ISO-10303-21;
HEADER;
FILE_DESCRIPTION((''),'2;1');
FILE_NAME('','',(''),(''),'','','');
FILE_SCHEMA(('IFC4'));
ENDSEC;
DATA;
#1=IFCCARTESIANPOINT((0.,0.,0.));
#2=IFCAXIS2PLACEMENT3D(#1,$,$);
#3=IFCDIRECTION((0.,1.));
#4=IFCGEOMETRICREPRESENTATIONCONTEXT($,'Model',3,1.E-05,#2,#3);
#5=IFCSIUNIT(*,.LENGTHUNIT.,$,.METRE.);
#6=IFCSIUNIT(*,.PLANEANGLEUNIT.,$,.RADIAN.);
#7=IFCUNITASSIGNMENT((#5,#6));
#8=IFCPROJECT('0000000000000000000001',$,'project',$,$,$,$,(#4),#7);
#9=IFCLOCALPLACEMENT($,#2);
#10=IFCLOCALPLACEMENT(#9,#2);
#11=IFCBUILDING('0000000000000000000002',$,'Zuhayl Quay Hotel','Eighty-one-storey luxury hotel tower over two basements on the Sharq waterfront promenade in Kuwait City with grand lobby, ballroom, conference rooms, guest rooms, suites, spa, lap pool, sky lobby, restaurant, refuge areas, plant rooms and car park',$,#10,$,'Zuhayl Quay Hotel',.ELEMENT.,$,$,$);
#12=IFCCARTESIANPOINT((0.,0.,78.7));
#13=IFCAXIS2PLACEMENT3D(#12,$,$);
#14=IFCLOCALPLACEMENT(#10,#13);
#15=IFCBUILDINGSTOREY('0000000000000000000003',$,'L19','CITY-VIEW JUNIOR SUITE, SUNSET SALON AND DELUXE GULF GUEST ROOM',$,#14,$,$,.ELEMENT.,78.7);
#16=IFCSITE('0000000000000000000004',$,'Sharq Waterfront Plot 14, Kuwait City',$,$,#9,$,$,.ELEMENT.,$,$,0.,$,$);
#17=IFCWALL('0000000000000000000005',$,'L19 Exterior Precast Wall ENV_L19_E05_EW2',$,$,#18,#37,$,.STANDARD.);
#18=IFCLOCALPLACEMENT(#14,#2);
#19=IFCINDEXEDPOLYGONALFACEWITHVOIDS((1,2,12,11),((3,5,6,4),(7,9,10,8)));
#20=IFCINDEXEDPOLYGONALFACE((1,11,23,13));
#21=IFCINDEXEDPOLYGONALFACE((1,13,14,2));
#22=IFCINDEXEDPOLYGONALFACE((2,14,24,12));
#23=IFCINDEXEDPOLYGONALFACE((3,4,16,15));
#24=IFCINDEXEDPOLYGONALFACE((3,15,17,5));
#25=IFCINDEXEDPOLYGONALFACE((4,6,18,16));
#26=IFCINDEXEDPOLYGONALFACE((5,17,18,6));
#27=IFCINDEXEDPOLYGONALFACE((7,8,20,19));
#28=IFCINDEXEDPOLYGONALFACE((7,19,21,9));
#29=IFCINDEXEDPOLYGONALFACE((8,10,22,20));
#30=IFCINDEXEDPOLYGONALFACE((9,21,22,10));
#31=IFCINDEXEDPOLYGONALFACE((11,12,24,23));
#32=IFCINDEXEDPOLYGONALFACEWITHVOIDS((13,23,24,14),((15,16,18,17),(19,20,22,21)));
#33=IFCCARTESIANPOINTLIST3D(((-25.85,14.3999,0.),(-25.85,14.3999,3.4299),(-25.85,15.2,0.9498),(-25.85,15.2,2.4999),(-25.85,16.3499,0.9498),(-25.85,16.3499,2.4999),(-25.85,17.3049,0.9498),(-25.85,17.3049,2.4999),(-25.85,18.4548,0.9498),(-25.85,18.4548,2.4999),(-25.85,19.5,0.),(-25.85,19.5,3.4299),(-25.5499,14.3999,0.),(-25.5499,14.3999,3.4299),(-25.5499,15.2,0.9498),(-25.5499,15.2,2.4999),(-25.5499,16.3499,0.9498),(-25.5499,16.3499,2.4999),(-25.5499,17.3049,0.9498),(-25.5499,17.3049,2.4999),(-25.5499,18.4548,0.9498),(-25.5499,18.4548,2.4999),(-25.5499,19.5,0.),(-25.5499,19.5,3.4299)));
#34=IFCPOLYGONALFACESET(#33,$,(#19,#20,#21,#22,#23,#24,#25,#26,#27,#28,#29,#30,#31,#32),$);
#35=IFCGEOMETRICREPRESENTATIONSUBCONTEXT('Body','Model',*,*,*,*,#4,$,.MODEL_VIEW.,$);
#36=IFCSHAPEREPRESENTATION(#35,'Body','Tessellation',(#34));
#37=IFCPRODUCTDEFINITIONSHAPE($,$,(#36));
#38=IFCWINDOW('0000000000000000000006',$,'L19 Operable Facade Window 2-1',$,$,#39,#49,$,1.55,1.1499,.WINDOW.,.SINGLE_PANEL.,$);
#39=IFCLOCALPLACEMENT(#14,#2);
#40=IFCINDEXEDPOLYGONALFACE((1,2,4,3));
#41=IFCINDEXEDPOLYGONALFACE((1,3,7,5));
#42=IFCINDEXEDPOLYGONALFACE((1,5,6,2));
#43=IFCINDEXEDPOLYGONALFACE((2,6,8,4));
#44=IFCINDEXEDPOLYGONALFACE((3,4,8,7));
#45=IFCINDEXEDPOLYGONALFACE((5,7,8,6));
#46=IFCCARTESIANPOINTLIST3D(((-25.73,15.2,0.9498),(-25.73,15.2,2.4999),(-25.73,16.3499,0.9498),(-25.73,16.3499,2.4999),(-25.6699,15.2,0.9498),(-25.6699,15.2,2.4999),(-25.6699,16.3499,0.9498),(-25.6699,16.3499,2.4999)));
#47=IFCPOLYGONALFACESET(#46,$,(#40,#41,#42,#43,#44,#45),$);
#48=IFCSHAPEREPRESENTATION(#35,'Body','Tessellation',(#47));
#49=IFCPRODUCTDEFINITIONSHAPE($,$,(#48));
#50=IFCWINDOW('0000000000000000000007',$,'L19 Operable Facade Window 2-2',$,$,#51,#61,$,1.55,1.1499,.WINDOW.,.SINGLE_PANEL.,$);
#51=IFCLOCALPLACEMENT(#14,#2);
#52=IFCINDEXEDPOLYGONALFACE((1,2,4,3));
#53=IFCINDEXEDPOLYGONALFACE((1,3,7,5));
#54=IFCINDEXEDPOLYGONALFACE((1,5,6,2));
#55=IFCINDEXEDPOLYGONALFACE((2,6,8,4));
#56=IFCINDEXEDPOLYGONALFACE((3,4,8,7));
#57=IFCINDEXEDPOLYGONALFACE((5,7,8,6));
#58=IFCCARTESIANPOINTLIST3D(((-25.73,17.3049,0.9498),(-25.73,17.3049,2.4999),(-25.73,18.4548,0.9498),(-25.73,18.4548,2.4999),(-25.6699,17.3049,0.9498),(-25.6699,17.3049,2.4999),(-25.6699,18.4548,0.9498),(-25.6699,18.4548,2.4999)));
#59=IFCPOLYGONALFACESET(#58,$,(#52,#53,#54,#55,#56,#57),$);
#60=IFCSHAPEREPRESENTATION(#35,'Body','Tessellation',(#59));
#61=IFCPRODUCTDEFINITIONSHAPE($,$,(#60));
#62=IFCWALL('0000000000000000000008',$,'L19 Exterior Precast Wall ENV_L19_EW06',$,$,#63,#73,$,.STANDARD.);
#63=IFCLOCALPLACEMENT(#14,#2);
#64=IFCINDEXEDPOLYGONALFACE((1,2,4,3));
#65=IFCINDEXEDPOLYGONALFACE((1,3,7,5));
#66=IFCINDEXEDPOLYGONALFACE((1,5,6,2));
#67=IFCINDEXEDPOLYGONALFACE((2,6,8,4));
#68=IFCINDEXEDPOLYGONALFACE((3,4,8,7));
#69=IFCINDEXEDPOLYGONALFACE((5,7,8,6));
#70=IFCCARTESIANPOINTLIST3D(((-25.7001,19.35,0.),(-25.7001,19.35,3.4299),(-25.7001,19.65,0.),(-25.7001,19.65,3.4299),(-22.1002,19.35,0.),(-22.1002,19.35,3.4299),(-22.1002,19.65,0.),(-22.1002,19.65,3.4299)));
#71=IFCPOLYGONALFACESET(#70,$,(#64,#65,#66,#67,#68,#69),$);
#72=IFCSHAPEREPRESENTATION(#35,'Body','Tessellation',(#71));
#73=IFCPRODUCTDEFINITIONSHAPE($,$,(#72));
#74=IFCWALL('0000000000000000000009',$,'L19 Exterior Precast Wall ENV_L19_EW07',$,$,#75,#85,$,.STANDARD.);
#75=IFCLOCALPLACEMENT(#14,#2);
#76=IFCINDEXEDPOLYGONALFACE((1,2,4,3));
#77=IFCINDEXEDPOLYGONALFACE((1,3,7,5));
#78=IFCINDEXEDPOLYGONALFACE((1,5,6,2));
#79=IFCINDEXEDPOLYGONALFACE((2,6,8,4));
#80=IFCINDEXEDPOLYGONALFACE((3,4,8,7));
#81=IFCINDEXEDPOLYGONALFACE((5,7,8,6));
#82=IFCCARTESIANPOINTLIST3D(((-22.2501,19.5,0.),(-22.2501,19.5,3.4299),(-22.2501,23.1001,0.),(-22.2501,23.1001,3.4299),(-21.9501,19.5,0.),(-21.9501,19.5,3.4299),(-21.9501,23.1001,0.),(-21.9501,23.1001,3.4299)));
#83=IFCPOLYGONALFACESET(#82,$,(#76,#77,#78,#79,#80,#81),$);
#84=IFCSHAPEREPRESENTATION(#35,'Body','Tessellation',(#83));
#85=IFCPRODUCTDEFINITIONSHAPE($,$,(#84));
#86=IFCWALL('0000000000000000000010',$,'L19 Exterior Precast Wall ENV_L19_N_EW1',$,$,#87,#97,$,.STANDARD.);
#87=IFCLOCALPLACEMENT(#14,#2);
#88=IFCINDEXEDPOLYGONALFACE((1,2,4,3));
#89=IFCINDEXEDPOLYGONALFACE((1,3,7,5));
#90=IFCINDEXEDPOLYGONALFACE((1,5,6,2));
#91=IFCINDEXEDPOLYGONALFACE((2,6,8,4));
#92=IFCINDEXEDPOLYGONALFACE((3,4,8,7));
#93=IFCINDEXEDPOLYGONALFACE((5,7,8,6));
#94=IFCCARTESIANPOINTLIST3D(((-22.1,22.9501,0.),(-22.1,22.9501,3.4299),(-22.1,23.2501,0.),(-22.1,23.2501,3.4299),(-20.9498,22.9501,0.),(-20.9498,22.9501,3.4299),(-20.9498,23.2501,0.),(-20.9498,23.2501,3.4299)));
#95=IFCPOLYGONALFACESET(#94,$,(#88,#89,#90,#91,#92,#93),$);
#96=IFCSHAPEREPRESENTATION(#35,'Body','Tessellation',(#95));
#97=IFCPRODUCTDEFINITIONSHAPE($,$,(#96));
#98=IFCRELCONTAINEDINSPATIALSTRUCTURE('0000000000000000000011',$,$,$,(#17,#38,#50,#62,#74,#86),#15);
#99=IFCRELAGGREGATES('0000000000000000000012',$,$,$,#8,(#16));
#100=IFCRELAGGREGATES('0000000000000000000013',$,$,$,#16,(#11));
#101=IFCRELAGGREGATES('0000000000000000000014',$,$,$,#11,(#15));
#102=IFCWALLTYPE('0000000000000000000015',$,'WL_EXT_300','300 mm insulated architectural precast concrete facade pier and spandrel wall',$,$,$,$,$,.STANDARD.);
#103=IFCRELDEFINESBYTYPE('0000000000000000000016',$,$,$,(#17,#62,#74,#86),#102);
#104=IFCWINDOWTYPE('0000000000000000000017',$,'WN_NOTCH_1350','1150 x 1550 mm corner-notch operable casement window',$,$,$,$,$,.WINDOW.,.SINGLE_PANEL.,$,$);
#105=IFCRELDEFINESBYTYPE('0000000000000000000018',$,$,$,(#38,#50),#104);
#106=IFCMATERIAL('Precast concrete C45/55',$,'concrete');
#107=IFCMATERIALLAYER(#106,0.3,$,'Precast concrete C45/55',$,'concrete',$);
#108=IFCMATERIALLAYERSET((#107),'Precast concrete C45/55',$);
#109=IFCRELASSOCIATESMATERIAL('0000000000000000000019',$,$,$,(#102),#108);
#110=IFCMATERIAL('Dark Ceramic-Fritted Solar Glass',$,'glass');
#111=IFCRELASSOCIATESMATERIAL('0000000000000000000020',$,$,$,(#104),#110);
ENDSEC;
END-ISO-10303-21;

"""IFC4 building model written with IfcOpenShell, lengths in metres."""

from ifc_helpers import new_model, si_unit, direction, frame, frame_2d, origin, place, context, subcontext, project, spatial, rectangle, extrude, material, layer, layer_set, type_object, element, fill, save


model = new_model("IFC4")

# Units and contexts
model_context = context("Model", 3, precision=1e-05, world=origin(), true_north=direction((0.0, 1.0)))
body_context = subcontext(model_context, "Body", "Model", "MODEL_VIEW")
ifc_project = project(units=[si_unit("LENGTHUNIT", "METRE"), si_unit("PLANEANGLEUNIT", "RADIAN")], contexts=[model_context])

# Site, building, storey
site_placement = place(None, origin())
site = spatial("IfcSite", under=ifc_project, at=site_placement, Name="Sharq Waterfront Plot 14, Kuwait City", CompositionType="ELEMENT", RefElevation=0.0)
building_placement = place(site_placement, origin())
building = spatial("IfcBuilding", under=site, at=building_placement, Name="Zuhayl Quay Hotel", Description="Eighty-one-storey luxury hotel tower over two basements on the Sharq waterfront promenade in Kuwait City with grand lobby, ballroom, conference rooms, guest rooms, suites, spa, lap pool, sky lobby, restaurant, refuge areas, plant rooms and car park", LongName="Zuhayl Quay Hotel", CompositionType="ELEMENT")
storey_placement = place(building_placement, frame((0.0, 0.0, 78.7)))
storey = spatial("IfcBuildingStorey", under=building, at=storey_placement, Name="L19", Description="CITY-VIEW JUNIOR SUITE, SUNSET SALON AND DELUXE GULF GUEST ROOM", CompositionType="ELEMENT", Elevation=78.7)

# Shared definitions
ifc_material_1 = material(Name="Dark Ceramic-Fritted Solar Glass", Category="glass")

# Wall, openings, windows
ifc_material_2 = material(Name="Precast concrete C45/55", Category="concrete")
ifc_layer_1 = layer(ifc_material_2, 0.3, Name="Precast concrete C45/55", Category="concrete")
ifc_layer_set_1 = layer_set([ifc_layer_1], Name="Precast concrete C45/55")
wall_type_1 = type_object("IfcWallType", Name="WL_EXT_300", Description="300 mm insulated architectural precast concrete facade pier and spandrel wall", PredefinedType="STANDARD", material=ifc_layer_set_1)
wall_1_placement = place(storey_placement, frame((-25.7, 14.3999, 0.0), z_axis=(0.0, 0.0, 1.0), x_axis=(0.0, 1.0, 0.0)))
wall_1 = element("IfcWall", 1, at=wall_1_placement, inside=storey, type_object=wall_type_1, Name="L19 Exterior Precast Wall ENV_L19_E05_EW2", PredefinedType="STANDARD", context=body_context, shape_type="SweptSolid", body=[
    extrude(rectangle(XDim=5.1001, YDim=0.3, at=frame_2d((2.55, 0.0))), origin(), (0.0, 0.0, 1.0), 3.4299),
])
opening_1_placement = place(wall_1_placement, frame((0.8, 0.0, 0.95)))
opening_1 = element("IfcOpeningElement", 2, at=opening_1_placement, cuts=wall_1, PredefinedType="OPENING", context=body_context, shape_type="SweptSolid", body=[
    extrude(rectangle(XDim=1.1499, YDim=1.55, at=frame_2d((0.575, 0.7749))), frame((0.0, 0.1599, 0.0), z_axis=(0.0, -1.0, 0.0), x_axis=(1.0, 0.0, 0.0)), (0.0, 0.0, 1.0), 0.3201),
])
opening_2_placement = place(wall_1_placement, frame((2.905, 0.0, 0.95)))
opening_2 = element("IfcOpeningElement", 3, at=opening_2_placement, cuts=wall_1, PredefinedType="OPENING", context=body_context, shape_type="SweptSolid", body=[
    extrude(rectangle(XDim=1.1499, YDim=1.55, at=frame_2d((0.575, 0.7749))), frame((0.0, 0.1599, 0.0), z_axis=(0.0, -1.0, 0.0), x_axis=(1.0, 0.0, 0.0)), (0.0, 0.0, 1.0), 0.3201),
])
window_type_1 = type_object("IfcWindowType", Name="WN_NOTCH_1350", Description="1150 x 1550 mm corner-notch operable casement window", PartitioningType="SINGLE_PANEL", PredefinedType="WINDOW", material=ifc_material_1)
window_1_placement = place(opening_1_placement, origin())
window_1 = element("IfcWindow", 4, at=window_1_placement, inside=storey, type_object=window_type_1, Name="L19 Operable Facade Window 2-1", OverallHeight=1.55, OverallWidth=1.1499, PartitioningType="SINGLE_PANEL", PredefinedType="WINDOW", context=body_context, shape_type="SweptSolid", body=[
    extrude(rectangle(XDim=1.1499, YDim=1.55, at=frame_2d((0.575, 0.7749))), frame((0.0, 0.03, 0.0), z_axis=(0.0, -1.0, 0.0), x_axis=(1.0, 0.0, 0.0)), (0.0, 0.0, 1.0), 0.0601),
])
fill(opening_1, window_1)
window_2_placement = place(opening_2_placement, origin())
window_2 = element("IfcWindow", 5, at=window_2_placement, inside=storey, type_object=window_type_1, Name="L19 Operable Facade Window 2-2", OverallHeight=1.55, OverallWidth=1.1499, PartitioningType="SINGLE_PANEL", PredefinedType="WINDOW", context=body_context, shape_type="SweptSolid", body=[
    extrude(rectangle(XDim=1.1499, YDim=1.55, at=frame_2d((0.575, 0.7749))), frame((0.0, 0.03, 0.0), z_axis=(0.0, -1.0, 0.0), x_axis=(1.0, 0.0, 0.0)), (0.0, 0.0, 1.0), 0.0601),
])
fill(opening_2, window_2)

# Walls
wall_2_placement = place(storey_placement, frame((-25.7, 19.5, 0.0), z_axis=(0.0, 0.0, 1.0), x_axis=(1.0, 0.0, 0.0)))
element("IfcWall", 6, at=wall_2_placement, inside=storey, type_object=wall_type_1, Name="L19 Exterior Precast Wall ENV_L19_EW06", PredefinedType="STANDARD", context=body_context, shape_type="SweptSolid", body=[
    extrude(rectangle(XDim=3.5999, YDim=0.3, at=frame_2d((1.7998, 0.0))), origin(), (0.0, 0.0, 1.0), 3.4299),
])
wall_3_placement = place(storey_placement, frame((-22.1001, 19.5, 0.0), z_axis=(0.0, 0.0, 1.0), x_axis=(0.0, 1.0, 0.0)))
element("IfcWall", 7, at=wall_3_placement, inside=storey, type_object=wall_type_1, Name="L19 Exterior Precast Wall ENV_L19_EW07", PredefinedType="STANDARD", context=body_context, shape_type="SweptSolid", body=[
    extrude(rectangle(XDim=3.6001, YDim=0.3, at=frame_2d((1.8, 0.0))), origin(), (0.0, 0.0, 1.0), 3.4299),
])
wall_4_placement = place(storey_placement, frame((-22.1001, 23.1001, 0.0), z_axis=(0.0, 0.0, 1.0), x_axis=(1.0, 0.0, 0.0)))
element("IfcWall", 8, at=wall_4_placement, inside=storey, type_object=wall_type_1, Name="L19 Exterior Precast Wall ENV_L19_N_EW1", PredefinedType="STANDARD", context=body_context, shape_type="SweptSolid", body=[
    extrude(rectangle(XDim=1.1501, YDim=0.3, at=frame_2d((0.5752, 0.0))), origin(), (0.0, 0.0, 1.0), 3.4299),
])

save(model, "model.ifc")
